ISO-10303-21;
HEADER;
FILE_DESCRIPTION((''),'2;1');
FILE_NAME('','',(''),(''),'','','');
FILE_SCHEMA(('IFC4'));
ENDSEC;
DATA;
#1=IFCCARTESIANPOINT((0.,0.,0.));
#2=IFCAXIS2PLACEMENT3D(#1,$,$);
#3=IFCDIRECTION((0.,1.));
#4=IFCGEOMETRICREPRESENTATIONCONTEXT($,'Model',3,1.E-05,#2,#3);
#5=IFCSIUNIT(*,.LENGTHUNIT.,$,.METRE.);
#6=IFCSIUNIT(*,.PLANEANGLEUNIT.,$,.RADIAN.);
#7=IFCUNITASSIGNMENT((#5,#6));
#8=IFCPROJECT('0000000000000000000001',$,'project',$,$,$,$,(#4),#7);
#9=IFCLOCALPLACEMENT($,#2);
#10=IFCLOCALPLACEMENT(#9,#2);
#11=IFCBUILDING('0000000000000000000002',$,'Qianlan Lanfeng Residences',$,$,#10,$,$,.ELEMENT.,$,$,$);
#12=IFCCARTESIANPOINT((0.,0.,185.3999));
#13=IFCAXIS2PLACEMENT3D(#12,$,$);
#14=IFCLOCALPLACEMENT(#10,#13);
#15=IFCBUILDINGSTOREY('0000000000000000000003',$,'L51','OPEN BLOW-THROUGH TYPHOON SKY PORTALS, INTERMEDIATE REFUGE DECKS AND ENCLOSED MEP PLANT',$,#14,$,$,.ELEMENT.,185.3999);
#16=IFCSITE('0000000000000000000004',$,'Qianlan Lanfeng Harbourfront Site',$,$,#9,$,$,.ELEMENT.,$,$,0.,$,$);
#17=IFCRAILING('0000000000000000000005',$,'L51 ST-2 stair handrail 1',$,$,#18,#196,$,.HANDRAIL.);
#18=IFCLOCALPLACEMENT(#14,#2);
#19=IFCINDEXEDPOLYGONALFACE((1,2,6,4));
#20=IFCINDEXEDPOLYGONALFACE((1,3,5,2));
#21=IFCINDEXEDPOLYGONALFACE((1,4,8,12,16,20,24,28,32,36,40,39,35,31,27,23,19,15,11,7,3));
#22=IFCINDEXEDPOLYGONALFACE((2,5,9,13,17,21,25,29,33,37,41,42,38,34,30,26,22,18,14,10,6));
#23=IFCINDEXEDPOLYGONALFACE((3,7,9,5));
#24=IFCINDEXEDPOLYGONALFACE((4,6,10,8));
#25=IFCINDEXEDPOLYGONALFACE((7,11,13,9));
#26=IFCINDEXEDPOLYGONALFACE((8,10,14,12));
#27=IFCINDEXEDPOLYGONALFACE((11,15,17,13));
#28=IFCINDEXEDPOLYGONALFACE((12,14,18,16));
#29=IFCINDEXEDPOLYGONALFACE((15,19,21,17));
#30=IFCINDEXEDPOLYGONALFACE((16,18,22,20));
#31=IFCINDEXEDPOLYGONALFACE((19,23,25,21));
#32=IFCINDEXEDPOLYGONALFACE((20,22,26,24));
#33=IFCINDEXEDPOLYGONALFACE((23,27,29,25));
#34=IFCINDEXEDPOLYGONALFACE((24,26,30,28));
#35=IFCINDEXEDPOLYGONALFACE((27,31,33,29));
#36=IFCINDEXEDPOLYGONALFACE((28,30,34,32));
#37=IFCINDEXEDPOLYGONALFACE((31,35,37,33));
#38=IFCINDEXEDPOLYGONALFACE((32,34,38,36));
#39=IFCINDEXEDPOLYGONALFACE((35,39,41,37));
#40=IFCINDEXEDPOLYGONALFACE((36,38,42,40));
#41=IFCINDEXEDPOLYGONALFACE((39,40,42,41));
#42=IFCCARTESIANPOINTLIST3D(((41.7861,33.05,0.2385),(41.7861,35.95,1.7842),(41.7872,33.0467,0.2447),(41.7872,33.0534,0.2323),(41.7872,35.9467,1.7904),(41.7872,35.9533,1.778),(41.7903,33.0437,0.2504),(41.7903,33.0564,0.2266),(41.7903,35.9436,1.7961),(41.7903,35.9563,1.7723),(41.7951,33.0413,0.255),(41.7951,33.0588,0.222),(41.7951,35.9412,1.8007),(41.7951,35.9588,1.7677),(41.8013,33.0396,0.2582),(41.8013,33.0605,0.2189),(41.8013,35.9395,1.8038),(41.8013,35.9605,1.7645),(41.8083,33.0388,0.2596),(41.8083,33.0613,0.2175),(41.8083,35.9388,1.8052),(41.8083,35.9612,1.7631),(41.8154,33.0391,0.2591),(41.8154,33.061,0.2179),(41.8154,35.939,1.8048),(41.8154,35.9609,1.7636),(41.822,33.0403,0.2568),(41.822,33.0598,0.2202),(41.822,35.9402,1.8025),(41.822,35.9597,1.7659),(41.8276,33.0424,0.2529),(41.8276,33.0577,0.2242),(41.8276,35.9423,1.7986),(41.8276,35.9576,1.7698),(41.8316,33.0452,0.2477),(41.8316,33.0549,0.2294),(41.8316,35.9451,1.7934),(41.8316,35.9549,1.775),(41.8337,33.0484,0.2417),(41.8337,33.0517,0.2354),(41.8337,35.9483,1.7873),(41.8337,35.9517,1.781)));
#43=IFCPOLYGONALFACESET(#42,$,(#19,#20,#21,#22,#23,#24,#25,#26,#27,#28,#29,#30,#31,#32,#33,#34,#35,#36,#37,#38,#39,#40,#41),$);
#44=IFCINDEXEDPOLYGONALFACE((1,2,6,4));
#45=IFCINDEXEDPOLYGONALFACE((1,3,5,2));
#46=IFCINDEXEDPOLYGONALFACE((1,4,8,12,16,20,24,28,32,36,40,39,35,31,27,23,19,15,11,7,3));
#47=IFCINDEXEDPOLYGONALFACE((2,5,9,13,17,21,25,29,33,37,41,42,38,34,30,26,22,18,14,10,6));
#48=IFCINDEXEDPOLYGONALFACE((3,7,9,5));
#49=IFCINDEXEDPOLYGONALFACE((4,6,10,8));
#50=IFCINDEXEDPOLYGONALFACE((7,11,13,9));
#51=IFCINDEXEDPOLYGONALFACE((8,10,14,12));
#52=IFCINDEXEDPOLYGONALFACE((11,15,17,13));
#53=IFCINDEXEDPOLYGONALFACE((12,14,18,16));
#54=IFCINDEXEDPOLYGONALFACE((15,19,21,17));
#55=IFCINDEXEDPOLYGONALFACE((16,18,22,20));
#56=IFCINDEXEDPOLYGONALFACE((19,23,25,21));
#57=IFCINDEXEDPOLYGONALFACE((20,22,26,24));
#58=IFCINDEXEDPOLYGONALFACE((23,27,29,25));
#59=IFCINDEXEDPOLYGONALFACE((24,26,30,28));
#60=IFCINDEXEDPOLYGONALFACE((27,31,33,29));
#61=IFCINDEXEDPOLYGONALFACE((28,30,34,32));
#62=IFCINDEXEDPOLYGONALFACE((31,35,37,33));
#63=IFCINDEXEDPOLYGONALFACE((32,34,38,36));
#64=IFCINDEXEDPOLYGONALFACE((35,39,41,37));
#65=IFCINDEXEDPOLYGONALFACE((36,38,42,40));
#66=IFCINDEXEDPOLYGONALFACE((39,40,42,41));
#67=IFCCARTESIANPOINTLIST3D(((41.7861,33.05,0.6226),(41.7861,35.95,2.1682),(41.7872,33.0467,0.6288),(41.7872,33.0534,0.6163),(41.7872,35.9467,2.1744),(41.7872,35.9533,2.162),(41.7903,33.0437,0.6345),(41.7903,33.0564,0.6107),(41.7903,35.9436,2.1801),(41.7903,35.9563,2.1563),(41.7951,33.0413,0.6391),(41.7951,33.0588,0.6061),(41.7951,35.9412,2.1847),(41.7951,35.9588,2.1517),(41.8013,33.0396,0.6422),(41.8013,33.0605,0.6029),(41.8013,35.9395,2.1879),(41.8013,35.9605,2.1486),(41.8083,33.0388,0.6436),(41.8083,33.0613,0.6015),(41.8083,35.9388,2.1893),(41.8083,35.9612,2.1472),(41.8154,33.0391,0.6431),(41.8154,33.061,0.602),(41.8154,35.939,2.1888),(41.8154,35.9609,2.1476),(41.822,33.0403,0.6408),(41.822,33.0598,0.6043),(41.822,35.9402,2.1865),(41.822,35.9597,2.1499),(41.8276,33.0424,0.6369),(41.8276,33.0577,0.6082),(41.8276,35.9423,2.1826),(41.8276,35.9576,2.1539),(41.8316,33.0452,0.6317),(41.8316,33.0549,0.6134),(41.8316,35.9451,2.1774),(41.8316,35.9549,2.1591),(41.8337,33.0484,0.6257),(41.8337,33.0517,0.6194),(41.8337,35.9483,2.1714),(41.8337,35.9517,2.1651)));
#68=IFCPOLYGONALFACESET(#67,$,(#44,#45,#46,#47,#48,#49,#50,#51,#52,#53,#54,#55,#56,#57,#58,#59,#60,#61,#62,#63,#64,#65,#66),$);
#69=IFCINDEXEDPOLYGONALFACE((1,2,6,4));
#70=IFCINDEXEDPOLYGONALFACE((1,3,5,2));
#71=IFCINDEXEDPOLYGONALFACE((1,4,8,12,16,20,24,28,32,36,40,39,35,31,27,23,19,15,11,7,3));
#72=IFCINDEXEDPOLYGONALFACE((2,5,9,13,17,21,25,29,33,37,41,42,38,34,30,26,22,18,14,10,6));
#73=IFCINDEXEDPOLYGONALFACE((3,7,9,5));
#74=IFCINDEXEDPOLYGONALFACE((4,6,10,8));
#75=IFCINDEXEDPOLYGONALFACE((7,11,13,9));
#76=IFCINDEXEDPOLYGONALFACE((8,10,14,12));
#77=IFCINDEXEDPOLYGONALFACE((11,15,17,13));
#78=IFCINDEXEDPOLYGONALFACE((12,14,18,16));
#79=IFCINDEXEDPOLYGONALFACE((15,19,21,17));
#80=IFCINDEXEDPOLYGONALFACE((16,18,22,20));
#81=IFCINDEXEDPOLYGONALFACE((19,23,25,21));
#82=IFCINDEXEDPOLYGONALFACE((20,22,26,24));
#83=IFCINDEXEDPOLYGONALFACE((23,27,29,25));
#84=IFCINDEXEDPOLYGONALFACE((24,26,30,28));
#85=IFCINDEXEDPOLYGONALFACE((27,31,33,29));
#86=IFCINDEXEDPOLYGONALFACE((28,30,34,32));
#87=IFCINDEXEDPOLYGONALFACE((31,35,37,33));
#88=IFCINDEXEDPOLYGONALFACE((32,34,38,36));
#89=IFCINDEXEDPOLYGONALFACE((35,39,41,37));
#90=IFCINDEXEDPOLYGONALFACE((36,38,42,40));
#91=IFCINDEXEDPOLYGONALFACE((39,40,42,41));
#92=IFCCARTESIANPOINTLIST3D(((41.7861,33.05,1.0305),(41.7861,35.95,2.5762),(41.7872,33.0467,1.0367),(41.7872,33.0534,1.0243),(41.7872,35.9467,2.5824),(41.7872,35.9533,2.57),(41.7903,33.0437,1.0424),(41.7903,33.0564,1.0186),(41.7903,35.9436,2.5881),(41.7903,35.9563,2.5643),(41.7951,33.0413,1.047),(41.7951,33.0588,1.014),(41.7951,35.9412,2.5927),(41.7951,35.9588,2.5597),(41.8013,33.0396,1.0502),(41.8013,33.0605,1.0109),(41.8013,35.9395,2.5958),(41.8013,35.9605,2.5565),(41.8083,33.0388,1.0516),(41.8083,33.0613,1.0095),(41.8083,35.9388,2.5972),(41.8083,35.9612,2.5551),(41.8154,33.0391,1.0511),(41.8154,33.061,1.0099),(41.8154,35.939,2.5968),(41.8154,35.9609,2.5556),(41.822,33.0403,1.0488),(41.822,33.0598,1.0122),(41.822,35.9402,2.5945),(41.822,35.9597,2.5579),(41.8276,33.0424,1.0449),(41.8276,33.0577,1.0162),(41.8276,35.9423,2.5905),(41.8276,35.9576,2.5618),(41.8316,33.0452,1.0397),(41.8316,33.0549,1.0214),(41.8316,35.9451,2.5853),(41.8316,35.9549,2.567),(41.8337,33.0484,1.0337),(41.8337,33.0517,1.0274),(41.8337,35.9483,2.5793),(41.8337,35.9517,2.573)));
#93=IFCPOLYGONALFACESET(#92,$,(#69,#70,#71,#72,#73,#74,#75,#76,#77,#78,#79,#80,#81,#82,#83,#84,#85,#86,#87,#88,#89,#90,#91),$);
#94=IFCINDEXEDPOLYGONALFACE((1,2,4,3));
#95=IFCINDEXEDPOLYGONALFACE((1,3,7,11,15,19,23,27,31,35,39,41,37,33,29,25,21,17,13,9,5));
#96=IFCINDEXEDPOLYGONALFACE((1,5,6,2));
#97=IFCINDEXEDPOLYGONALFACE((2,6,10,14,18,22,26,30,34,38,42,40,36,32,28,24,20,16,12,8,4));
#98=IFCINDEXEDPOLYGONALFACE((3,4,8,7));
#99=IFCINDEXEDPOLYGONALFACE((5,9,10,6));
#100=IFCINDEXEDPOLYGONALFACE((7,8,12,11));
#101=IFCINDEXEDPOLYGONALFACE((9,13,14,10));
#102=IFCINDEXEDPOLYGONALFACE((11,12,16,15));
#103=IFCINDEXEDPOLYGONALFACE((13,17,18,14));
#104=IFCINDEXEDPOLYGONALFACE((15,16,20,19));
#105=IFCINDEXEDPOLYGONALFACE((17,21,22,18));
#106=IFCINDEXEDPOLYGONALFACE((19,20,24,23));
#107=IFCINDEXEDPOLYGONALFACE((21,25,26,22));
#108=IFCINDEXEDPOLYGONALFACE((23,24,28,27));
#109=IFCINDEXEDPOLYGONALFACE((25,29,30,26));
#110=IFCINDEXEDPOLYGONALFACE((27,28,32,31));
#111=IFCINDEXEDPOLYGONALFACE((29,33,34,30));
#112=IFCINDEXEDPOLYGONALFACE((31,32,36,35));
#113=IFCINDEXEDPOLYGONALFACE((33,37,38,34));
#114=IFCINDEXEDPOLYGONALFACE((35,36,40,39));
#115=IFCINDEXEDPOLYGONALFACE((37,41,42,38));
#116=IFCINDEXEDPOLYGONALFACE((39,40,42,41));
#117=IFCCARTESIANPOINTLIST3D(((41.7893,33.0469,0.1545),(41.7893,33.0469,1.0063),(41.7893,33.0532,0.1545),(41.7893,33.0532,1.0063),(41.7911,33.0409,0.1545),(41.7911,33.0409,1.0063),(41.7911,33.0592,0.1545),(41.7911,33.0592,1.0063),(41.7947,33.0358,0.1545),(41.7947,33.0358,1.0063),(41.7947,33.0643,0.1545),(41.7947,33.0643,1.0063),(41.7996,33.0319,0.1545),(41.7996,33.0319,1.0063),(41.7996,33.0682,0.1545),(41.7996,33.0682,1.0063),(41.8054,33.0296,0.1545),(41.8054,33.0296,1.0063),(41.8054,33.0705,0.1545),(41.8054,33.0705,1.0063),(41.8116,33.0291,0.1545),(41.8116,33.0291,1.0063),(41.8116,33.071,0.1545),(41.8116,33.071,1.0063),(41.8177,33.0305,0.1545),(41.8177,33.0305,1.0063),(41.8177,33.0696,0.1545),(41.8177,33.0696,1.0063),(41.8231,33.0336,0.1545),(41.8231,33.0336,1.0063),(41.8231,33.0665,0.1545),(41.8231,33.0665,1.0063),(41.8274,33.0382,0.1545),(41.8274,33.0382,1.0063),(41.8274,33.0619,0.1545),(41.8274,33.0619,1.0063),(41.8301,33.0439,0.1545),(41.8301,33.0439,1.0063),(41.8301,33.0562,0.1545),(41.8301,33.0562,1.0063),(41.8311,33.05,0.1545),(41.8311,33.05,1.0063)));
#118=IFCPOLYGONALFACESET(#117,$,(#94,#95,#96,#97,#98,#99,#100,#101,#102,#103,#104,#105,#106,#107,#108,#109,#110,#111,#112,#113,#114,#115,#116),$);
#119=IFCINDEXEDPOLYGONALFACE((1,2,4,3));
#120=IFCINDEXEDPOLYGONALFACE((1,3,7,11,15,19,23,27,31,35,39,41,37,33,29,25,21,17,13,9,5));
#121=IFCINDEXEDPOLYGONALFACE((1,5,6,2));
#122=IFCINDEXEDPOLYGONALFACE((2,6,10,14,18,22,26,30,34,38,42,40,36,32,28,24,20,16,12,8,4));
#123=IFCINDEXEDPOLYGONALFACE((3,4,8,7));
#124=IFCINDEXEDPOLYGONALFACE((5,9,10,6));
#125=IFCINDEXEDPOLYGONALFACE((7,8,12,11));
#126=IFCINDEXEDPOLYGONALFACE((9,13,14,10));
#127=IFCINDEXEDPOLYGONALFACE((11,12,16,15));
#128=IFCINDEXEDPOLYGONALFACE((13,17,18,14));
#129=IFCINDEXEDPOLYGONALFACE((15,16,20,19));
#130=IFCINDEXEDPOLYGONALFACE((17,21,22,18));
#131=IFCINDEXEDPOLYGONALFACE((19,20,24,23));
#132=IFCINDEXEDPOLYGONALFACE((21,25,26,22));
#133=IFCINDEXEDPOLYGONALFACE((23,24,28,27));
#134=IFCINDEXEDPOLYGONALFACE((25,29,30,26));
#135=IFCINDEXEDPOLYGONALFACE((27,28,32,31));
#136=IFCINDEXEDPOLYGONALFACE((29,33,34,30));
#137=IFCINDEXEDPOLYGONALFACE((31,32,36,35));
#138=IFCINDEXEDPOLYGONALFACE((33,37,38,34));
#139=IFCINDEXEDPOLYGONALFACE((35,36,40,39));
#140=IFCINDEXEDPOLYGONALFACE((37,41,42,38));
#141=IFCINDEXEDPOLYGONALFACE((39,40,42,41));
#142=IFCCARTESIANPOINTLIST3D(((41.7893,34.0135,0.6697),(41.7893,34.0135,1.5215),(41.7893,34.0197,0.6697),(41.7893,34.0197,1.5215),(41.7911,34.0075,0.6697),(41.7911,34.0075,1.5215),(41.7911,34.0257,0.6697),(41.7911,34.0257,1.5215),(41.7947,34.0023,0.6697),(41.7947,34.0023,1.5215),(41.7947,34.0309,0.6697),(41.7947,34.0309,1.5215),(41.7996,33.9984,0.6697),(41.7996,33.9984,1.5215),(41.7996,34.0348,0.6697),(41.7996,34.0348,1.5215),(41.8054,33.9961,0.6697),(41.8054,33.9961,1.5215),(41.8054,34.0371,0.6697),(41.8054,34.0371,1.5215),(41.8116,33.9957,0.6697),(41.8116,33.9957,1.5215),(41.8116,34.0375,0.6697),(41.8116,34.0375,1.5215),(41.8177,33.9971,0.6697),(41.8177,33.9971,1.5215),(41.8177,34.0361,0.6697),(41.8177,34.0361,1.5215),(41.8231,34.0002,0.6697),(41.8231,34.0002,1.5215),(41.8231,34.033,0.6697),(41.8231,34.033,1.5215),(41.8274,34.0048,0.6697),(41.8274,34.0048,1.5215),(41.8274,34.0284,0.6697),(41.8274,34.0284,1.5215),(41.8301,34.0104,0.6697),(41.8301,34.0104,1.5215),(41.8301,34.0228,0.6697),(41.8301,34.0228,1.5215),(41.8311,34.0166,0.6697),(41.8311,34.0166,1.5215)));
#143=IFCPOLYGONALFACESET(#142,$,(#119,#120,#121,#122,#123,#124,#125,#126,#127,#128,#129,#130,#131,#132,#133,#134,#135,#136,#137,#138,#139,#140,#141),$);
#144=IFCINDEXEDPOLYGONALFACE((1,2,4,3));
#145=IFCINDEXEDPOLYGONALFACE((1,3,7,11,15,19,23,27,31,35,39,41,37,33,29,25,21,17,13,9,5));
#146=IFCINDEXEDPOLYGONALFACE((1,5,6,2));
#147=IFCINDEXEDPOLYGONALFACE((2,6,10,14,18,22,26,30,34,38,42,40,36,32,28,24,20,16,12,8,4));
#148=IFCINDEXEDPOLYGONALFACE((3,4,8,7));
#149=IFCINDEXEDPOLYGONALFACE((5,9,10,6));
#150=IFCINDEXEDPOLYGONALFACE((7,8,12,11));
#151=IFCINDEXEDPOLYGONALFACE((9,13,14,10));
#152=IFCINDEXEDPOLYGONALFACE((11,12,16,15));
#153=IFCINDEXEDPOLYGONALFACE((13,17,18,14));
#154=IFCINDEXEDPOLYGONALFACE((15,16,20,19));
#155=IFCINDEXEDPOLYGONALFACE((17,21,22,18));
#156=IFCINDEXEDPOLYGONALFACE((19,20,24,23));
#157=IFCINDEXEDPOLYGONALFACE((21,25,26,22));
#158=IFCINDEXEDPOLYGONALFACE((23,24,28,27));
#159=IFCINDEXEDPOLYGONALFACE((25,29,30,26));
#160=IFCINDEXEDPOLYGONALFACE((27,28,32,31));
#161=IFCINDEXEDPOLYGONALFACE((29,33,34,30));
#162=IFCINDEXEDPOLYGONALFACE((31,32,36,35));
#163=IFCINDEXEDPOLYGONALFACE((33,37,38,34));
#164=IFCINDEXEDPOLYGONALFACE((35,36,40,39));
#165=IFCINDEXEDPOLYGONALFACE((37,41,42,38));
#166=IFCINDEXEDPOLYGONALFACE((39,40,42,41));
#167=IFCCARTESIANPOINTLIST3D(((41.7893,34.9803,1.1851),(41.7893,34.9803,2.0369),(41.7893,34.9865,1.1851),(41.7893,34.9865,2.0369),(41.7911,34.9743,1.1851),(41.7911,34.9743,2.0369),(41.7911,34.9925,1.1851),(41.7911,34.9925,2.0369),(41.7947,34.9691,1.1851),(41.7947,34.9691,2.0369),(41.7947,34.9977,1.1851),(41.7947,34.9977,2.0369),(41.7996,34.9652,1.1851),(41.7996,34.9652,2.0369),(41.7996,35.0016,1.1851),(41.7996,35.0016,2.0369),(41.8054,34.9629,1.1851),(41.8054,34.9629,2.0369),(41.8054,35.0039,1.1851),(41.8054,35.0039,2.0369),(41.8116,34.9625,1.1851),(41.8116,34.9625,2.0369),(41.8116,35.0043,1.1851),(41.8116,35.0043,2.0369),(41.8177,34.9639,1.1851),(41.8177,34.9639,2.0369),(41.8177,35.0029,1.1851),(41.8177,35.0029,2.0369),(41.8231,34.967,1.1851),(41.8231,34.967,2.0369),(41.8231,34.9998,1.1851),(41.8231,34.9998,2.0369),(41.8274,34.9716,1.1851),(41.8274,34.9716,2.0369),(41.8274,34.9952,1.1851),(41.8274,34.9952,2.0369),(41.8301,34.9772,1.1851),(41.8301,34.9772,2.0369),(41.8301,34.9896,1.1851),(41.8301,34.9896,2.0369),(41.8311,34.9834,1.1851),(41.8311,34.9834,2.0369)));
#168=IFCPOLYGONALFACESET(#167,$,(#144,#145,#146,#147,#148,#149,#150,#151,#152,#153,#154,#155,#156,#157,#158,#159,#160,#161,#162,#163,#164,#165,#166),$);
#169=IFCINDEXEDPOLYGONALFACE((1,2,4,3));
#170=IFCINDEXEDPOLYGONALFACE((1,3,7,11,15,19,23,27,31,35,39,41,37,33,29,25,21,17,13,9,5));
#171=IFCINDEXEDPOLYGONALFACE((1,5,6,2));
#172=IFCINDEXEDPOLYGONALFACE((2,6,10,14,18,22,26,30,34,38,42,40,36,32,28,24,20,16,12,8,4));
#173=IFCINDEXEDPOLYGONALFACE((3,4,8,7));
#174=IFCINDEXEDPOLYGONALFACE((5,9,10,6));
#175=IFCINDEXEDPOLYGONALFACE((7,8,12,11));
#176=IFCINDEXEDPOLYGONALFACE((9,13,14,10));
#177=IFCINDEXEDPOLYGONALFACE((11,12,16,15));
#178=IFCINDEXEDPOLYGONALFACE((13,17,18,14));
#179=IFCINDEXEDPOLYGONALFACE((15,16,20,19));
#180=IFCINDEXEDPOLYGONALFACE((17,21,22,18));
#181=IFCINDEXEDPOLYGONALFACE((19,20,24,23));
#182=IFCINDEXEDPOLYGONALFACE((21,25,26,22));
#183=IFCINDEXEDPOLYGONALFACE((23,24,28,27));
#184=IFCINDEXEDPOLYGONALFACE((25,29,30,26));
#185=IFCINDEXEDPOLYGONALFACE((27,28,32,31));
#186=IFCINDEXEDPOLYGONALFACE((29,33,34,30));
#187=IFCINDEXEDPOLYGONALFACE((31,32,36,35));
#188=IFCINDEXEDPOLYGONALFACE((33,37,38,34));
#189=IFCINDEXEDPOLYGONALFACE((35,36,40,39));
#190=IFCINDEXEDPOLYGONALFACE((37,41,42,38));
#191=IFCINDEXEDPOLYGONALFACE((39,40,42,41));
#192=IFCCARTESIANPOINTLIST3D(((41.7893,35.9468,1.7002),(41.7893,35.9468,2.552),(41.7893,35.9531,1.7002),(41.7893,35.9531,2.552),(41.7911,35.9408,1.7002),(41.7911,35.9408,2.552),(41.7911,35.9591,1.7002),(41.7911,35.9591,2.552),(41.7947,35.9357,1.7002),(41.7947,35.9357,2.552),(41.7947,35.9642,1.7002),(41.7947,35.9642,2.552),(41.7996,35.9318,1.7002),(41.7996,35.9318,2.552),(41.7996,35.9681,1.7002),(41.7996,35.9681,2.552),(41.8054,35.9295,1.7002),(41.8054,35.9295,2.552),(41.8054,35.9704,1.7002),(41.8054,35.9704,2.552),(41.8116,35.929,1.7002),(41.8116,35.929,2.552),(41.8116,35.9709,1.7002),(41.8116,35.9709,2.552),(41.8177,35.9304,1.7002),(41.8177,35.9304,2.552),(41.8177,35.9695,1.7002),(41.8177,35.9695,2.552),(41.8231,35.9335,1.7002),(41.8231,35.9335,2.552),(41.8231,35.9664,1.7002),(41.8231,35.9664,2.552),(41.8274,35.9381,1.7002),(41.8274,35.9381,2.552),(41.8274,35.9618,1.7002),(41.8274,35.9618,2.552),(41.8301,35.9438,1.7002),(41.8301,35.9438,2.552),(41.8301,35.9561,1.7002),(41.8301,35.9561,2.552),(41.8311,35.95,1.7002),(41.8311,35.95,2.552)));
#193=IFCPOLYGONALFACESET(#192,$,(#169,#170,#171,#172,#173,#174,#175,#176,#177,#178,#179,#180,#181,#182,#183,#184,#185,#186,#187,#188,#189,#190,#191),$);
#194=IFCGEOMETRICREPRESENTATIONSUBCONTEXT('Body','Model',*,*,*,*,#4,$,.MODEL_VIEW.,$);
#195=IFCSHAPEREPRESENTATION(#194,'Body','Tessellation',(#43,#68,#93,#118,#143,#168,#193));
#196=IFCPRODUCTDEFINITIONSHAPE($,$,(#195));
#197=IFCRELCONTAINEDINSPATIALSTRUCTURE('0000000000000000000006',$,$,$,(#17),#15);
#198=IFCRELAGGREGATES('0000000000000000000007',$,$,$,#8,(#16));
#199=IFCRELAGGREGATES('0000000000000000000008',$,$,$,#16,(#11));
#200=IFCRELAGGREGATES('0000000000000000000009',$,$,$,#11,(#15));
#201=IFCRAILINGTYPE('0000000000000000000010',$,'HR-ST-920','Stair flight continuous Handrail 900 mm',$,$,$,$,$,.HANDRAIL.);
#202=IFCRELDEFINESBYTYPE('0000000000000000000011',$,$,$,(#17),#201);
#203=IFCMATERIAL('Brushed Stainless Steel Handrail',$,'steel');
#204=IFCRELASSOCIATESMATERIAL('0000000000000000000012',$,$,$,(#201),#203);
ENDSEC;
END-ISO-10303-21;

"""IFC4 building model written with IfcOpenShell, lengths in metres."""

from ifc_helpers import new_model, si_unit, direction, frame, origin, origin_2d, place, context, subcontext, project, spatial, circle, extrude, material, type_object, element, save


model = new_model("IFC4")

# Units and contexts
model_context = context("Model", 3, precision=1e-05, world=origin(), true_north=direction((0.0, 1.0)))
body_context = subcontext(model_context, "Body", "Model", "MODEL_VIEW")
ifc_project = project(units=[si_unit("LENGTHUNIT", "METRE"), si_unit("PLANEANGLEUNIT", "RADIAN")], contexts=[model_context])

# Site, building, storey
site_placement = place(None, origin())
site = spatial("IfcSite", under=ifc_project, at=site_placement, Name="Qianlan Lanfeng Harbourfront Site", CompositionType="ELEMENT", RefElevation=0.0)
building_placement = place(site_placement, origin())
building = spatial("IfcBuilding", under=site, at=building_placement, Name="Qianlan Lanfeng Residences", CompositionType="ELEMENT")
storey_placement = place(building_placement, frame((0.0, 0.0, 185.3999)))
storey = spatial("IfcBuildingStorey", under=building, at=storey_placement, Name="L51", Description="OPEN BLOW-THROUGH TYPHOON SKY PORTALS, INTERMEDIATE REFUGE DECKS AND ENCLOSED MEP PLANT", CompositionType="ELEMENT", Elevation=185.3999)

# Railing
ifc_material_1 = material(Name="Brushed Stainless Steel Handrail", Category="steel")
railing_type_1 = type_object("IfcRailingType", Name="HR-ST-920", Description="Stair flight continuous Handrail 900 mm", PredefinedType="HANDRAIL", material=ifc_material_1)
railing_1_placement = place(storey_placement, frame((41.8101, 33.05, 0.1545)))
element("IfcRailing", 1, at=railing_1_placement, inside=storey, type_object=railing_type_1, Name="L51 ST-2 stair handrail 1", PredefinedType="HANDRAIL", context=body_context, shape_type="SweptSolid", body=[
    extrude(circle(Radius=0.0239, at=origin_2d()), frame((0.0, 0.0, 0.084), z_axis=(0.0, 0.882474, 0.470361), x_axis=(-1.0, 0.0, 0.0)), (0.0, 0.0, 1.0), 3.2861),
    extrude(circle(Radius=0.0239, at=origin_2d()), frame((0.0, 0.0, 0.468), z_axis=(0.0, 0.882474, 0.470361), x_axis=(-1.0, 0.0, 0.0)), (0.0, 0.0, 1.0), 3.2861),
    extrude(circle(Radius=0.0239, at=origin_2d()), frame((0.0, 0.0, 0.876), z_axis=(0.0, 0.882474, 0.470361), x_axis=(-1.0, 0.0, 0.0)), (0.0, 0.0, 1.0), 3.2861),
    extrude(circle(Radius=0.021, at=origin_2d()), origin(), (0.0, 0.0, 1.0), 0.8518),
    extrude(circle(Radius=0.021, at=origin_2d()), frame((0.0, 0.9666, 0.5151)), (0.0, 0.0, 1.0), 0.8518),
    extrude(circle(Radius=0.021, at=origin_2d()), frame((0.0, 1.9333, 1.0305)), (0.0, 0.0, 1.0), 0.8518),
    extrude(circle(Radius=0.021, at=origin_2d()), frame((0.0, 2.8999, 1.5457)), (0.0, 0.0, 1.0), 0.8518),
])

save(model, "model.ifc")
